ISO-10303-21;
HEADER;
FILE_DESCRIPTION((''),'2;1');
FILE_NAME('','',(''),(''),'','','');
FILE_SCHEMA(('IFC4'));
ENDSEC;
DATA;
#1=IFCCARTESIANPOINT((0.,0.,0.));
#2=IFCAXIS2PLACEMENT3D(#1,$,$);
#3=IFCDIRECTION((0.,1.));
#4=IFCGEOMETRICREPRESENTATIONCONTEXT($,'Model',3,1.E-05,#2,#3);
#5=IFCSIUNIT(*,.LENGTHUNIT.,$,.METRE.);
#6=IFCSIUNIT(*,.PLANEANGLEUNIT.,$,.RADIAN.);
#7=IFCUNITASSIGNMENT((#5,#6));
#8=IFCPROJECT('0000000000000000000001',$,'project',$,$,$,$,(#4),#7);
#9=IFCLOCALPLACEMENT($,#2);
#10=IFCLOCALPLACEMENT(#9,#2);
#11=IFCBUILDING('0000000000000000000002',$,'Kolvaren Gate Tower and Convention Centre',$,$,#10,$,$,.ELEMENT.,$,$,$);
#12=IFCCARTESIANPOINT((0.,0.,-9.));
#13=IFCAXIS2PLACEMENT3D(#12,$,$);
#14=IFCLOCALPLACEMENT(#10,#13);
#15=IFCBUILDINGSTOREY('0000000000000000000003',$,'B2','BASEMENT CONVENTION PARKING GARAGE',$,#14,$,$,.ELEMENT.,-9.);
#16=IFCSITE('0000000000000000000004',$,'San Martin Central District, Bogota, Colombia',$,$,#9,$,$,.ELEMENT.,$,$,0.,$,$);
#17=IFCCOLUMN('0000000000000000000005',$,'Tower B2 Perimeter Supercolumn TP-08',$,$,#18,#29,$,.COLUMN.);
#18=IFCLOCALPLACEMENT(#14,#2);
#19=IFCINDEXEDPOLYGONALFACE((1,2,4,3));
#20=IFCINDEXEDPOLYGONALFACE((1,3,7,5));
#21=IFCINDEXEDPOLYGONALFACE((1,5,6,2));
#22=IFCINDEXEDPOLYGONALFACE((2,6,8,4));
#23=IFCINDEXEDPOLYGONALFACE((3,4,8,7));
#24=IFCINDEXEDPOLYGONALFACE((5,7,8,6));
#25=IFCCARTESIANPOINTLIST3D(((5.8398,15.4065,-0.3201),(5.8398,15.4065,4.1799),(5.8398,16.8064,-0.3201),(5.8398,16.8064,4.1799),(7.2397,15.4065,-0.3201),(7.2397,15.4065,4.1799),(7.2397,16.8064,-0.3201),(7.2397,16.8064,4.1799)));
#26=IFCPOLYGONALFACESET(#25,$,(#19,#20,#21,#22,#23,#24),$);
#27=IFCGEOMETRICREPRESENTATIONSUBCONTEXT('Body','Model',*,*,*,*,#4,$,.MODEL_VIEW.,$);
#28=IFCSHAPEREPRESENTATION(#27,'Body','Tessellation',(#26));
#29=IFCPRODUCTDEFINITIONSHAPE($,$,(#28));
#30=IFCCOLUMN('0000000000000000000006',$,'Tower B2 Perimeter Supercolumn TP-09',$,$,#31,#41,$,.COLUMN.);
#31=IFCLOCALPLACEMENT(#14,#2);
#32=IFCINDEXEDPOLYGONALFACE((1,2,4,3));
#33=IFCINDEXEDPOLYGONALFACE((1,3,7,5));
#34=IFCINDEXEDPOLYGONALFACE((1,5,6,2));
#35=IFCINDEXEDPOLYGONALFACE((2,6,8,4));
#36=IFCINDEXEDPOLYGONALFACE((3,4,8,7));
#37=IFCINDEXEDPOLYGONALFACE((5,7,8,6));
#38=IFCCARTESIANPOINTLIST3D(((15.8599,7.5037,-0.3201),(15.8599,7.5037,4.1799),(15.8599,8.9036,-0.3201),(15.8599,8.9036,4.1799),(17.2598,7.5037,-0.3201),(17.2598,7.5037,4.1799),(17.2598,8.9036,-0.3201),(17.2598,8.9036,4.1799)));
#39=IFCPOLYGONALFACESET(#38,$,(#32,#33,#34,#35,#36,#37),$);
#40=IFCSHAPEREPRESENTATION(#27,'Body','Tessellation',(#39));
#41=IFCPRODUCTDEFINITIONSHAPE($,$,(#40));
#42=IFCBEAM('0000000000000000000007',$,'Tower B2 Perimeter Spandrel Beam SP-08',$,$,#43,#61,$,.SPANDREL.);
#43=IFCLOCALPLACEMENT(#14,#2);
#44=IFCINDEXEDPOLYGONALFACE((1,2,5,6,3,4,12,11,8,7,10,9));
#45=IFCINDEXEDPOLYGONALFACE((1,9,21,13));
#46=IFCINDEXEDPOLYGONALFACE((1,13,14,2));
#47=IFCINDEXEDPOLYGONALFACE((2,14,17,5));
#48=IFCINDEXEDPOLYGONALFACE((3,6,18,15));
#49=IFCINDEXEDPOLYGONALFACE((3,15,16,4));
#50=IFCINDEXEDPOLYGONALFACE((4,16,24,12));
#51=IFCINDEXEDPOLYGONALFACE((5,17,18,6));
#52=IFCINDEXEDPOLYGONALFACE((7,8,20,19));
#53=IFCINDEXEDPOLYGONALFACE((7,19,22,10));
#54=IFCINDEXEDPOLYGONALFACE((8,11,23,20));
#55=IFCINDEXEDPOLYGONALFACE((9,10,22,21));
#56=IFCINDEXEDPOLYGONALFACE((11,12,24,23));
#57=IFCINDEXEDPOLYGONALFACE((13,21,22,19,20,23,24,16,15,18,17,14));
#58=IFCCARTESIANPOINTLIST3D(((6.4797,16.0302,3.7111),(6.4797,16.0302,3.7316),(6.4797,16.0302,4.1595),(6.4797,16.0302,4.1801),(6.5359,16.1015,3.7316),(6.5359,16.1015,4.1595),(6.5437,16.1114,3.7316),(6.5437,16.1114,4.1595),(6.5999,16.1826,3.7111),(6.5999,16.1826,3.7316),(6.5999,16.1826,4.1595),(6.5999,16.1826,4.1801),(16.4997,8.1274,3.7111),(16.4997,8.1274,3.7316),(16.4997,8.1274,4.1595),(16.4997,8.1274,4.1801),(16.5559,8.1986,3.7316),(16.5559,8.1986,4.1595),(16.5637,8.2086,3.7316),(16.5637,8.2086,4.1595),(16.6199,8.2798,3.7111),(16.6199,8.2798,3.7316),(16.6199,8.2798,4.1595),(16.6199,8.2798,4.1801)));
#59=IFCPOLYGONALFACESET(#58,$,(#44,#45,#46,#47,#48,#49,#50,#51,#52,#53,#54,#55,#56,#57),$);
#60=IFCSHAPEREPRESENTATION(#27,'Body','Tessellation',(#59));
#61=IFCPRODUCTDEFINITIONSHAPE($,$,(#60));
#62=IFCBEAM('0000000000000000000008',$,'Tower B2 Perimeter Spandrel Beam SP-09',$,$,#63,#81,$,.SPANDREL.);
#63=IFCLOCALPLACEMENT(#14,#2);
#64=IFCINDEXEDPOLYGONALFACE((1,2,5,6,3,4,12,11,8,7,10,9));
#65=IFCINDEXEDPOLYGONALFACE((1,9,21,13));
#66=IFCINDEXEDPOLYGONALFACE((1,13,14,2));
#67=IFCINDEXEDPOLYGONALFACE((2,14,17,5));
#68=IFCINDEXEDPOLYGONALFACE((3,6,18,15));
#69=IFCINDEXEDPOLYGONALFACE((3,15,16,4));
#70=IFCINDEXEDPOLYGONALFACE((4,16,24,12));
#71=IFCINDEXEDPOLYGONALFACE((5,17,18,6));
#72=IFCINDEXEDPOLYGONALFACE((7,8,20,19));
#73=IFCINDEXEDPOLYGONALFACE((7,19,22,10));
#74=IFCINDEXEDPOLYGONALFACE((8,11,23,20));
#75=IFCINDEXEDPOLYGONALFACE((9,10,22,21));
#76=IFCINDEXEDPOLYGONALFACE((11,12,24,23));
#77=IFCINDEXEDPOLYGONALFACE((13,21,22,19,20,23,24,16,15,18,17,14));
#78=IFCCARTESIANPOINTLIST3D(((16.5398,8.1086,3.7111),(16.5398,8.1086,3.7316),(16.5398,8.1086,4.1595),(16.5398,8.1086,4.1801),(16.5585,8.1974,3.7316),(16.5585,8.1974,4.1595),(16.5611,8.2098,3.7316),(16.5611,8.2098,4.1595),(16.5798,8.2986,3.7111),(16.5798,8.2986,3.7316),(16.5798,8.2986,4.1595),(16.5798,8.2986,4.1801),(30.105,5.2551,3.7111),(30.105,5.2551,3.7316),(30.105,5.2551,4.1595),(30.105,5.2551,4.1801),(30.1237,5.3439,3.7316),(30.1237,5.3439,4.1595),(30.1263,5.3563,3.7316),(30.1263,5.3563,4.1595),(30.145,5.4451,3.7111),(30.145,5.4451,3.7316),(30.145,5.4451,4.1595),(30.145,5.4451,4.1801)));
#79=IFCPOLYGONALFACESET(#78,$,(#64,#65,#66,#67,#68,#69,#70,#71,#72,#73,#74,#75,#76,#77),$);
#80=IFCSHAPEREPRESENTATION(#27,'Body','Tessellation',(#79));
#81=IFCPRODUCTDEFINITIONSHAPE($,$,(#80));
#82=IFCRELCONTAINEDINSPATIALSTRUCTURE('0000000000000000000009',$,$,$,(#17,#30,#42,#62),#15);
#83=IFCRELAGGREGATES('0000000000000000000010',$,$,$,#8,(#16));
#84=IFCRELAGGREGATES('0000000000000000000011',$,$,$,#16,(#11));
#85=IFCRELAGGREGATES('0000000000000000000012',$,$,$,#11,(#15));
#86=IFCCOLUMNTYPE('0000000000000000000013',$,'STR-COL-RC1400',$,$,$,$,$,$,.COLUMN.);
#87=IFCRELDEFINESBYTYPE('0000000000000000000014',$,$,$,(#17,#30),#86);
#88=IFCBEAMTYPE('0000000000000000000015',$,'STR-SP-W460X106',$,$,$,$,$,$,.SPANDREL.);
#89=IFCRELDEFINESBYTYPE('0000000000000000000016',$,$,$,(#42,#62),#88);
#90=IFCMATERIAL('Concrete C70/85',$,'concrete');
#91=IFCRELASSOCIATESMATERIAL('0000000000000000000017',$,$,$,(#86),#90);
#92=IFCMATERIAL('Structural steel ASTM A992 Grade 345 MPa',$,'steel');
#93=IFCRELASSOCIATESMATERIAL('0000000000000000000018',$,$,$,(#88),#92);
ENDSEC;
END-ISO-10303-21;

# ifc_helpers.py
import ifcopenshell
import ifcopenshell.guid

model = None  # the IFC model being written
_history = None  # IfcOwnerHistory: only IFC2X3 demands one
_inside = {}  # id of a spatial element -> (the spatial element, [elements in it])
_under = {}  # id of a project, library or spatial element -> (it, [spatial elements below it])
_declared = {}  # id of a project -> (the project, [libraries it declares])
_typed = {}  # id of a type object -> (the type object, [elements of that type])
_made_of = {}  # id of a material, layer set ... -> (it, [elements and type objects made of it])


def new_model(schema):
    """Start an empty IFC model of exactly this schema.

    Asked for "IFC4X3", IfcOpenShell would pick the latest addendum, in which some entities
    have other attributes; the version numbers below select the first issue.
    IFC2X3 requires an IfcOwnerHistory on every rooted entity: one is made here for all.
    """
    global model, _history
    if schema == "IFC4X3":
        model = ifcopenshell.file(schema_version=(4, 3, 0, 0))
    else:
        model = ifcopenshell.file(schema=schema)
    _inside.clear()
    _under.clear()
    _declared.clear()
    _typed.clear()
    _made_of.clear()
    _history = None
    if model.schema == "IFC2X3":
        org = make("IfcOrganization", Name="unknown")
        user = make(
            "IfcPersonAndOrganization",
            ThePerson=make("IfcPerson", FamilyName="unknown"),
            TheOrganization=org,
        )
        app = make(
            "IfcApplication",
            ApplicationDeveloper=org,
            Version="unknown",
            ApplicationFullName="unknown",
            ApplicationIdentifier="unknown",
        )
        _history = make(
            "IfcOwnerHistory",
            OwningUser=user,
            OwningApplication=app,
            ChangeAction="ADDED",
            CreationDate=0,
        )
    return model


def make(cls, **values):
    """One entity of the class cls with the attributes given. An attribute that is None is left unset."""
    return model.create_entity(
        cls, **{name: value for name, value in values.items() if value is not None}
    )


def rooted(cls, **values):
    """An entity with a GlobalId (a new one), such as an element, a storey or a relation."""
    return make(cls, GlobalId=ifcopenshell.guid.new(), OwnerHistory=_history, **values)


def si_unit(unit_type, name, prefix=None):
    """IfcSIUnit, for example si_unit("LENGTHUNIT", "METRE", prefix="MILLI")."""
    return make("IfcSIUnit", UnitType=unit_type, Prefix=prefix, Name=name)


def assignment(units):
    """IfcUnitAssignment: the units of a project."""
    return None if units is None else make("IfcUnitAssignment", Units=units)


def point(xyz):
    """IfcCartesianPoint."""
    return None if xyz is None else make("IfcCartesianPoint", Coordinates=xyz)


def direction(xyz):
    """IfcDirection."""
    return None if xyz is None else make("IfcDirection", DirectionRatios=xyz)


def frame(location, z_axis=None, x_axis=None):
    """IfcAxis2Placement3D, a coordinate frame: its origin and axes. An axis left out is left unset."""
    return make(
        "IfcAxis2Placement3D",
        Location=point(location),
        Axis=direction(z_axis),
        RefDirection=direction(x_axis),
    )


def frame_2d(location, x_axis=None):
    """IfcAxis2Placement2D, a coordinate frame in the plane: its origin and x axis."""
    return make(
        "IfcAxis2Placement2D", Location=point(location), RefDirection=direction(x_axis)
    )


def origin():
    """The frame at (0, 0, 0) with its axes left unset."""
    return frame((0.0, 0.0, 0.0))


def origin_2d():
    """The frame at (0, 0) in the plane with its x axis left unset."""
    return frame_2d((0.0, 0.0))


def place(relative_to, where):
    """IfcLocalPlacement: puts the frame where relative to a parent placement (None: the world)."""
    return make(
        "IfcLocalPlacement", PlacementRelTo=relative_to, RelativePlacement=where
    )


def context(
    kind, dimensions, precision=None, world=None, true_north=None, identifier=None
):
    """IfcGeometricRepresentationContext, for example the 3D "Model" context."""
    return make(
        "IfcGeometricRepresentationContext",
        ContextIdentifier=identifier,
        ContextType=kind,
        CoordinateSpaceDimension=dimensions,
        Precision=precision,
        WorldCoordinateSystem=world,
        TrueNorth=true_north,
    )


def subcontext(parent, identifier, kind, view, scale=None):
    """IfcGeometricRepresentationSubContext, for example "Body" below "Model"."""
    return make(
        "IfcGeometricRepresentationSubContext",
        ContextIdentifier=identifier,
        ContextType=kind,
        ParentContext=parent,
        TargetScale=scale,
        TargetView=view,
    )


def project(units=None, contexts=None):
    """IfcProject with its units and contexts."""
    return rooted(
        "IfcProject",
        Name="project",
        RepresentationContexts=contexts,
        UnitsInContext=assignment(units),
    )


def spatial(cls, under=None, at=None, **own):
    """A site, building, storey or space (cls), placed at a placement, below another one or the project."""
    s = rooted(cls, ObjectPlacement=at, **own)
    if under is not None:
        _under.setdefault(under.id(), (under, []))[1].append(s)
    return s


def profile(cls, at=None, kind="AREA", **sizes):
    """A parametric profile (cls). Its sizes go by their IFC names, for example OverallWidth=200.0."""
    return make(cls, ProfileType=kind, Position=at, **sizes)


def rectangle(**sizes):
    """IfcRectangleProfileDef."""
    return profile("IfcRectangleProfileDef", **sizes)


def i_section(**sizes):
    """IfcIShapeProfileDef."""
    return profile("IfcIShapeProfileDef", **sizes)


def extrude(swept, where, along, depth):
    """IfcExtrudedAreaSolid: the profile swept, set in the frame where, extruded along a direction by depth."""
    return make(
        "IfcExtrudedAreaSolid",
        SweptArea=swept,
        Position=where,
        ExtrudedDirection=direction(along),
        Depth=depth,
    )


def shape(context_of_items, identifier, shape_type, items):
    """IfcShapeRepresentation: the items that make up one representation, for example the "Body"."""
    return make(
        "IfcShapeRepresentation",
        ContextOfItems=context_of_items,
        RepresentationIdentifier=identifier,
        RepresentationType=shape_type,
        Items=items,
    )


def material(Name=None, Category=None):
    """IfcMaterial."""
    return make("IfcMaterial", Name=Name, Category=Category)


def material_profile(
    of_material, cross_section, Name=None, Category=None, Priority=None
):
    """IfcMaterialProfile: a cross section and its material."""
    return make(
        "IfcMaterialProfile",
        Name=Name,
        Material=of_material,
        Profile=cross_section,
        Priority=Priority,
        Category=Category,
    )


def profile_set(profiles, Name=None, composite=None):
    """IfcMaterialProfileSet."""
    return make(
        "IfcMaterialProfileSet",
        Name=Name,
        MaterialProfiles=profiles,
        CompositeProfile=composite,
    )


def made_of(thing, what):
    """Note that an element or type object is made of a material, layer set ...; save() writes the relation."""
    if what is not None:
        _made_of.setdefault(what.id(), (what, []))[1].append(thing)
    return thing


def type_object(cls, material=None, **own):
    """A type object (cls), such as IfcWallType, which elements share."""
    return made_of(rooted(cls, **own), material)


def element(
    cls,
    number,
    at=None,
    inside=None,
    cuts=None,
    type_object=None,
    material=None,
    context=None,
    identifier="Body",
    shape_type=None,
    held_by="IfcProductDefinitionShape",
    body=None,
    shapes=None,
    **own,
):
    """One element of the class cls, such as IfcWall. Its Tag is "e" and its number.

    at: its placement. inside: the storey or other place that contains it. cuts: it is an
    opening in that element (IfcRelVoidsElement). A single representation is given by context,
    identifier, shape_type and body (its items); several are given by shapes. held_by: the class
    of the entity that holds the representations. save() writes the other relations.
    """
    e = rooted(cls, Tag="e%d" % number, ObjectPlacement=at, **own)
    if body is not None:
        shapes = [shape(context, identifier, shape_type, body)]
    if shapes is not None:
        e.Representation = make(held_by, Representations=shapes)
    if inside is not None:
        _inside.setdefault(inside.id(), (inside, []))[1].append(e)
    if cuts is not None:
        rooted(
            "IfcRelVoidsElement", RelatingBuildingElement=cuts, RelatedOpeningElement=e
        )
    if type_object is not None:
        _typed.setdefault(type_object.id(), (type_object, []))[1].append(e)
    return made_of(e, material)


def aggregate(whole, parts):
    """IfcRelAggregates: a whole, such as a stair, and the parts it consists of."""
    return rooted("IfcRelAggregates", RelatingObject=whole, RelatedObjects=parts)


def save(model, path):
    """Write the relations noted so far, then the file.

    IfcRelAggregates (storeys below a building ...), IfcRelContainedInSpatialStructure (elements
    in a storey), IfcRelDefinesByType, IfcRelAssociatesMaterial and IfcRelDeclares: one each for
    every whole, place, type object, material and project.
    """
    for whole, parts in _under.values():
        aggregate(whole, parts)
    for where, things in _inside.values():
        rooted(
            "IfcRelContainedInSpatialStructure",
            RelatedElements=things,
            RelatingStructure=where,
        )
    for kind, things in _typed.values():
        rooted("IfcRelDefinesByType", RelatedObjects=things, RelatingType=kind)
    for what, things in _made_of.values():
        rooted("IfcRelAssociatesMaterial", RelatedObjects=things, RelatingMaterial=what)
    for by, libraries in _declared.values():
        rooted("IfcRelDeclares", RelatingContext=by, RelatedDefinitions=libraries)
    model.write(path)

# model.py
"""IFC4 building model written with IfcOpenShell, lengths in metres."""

from ifc_helpers import new_model, si_unit, direction, frame, origin, origin_2d, place, context, subcontext, project, spatial, rectangle, i_section, extrude, material, material_profile, profile_set, type_object, element, save


model = new_model("IFC4")

# Units and contexts
model_context = context("Model", 3, precision=1e-05, world=origin(), true_north=direction((0.0, 1.0)))
body_context = subcontext(model_context, "Body", "Model", "MODEL_VIEW")
ifc_project = project(units=[si_unit("LENGTHUNIT", "METRE"), si_unit("PLANEANGLEUNIT", "RADIAN")], contexts=[model_context])

# Site, building, storey
site_placement = place(None, origin())
site = spatial("IfcSite", under=ifc_project, at=site_placement, Name="San Martin Central District, Bogota, Colombia", CompositionType="ELEMENT", RefElevation=0.0)
building_placement = place(site_placement, origin())
building = spatial("IfcBuilding", under=site, at=building_placement, Name="Kolvaren Gate Tower and Convention Centre", CompositionType="ELEMENT")
storey_placement = place(building_placement, frame((0.0, 0.0, -9.0)))
storey = spatial("IfcBuildingStorey", under=building, at=storey_placement, Name="B2", Description="BASEMENT CONVENTION PARKING GARAGE", CompositionType="ELEMENT", Elevation=-9.0)

# Columns
ifc_material_1 = material(Name="Concrete C70/85", Category="concrete")
ifc_material_profile_1 = material_profile(ifc_material_1, rectangle(XDim=1.3999, YDim=1.3999, at=origin_2d()), Name="RC-COL-1400X1400")
ifc_profile_set_1 = profile_set([ifc_material_profile_1], Name="Concrete C70/85")
column_type = type_object("IfcColumnType", Name="STR-COL-RC1400", PredefinedType="COLUMN", material=ifc_profile_set_1)
for number, where, z_axis, x_axis, name in (
    (1, (6.5398, 16.1064, -0.3201), (0.0, 0.0, 1.0), (1.0, 0.0, 0.0), "Tower B2 Perimeter Supercolumn TP-08"),
    (2, (16.5598, 8.2036, -0.3201), (0.0, 0.0, 1.0), (1.0, 0.0, 0.0), "Tower B2 Perimeter Supercolumn TP-09"),
):
    element("IfcColumn", number, at=place(storey_placement, frame(where, z_axis=z_axis, x_axis=x_axis)), inside=storey, type_object=column_type, Name=name, PredefinedType="COLUMN", context=body_context, shape_type="SweptSolid", body=[
        extrude(rectangle(XDim=1.3999, YDim=1.3999, at=origin_2d()), origin(), (0.0, 0.0, 1.0), 4.5),
    ])

# Beams
ifc_material_2 = material(Name="Structural steel ASTM A992 Grade 345 MPa", Category="steel")
ifc_material_profile_2 = material_profile(ifc_material_2, i_section(OverallWidth=0.1941, OverallDepth=0.469, WebThickness=0.0127, FlangeThickness=0.0205, at=origin_2d()), Name="W460X106")
ifc_profile_set_2 = profile_set([ifc_material_profile_2], Name="Structural steel ASTM A992 Grade 345 MPa")
beam_type = type_object("IfcBeamType", Name="STR-SP-W460X106", PredefinedType="SPANDREL", material=ifc_profile_set_2)
beam_1_placement = place(storey_placement, frame((6.5398, 16.1064, 3.9456), z_axis=(0.785176, -0.619272, 0.0), x_axis=(0.619272, 0.785176, 0.0)))
element("IfcBeam", 3, at=beam_1_placement, inside=storey, type_object=beam_type, Name="Tower B2 Perimeter Spandrel Beam SP-08", PredefinedType="SPANDREL", context=body_context, shape_type="SweptSolid", body=[
    extrude(i_section(OverallWidth=0.1941, OverallDepth=0.469, WebThickness=0.0127, FlangeThickness=0.0205, at=origin_2d()), origin(), (0.0, 0.0, 1.0), 12.7615),
])
beam_2_placement = place(storey_placement, frame((16.5598, 8.2036, 3.9456), z_axis=(0.978583, -0.205851, 0.0), x_axis=(0.205851, 0.978583, 0.0)))
element("IfcBeam", 4, at=beam_2_placement, inside=storey, type_object=beam_type, Name="Tower B2 Perimeter Spandrel Beam SP-09", PredefinedType="SPANDREL", context=body_context, shape_type="SweptSolid", body=[
    extrude(i_section(OverallWidth=0.1941, OverallDepth=0.469, WebThickness=0.0127, FlangeThickness=0.0205, at=origin_2d()), origin(), (0.0, 0.0, 1.0), 13.8621),
])

save(model, "model.ifc")
